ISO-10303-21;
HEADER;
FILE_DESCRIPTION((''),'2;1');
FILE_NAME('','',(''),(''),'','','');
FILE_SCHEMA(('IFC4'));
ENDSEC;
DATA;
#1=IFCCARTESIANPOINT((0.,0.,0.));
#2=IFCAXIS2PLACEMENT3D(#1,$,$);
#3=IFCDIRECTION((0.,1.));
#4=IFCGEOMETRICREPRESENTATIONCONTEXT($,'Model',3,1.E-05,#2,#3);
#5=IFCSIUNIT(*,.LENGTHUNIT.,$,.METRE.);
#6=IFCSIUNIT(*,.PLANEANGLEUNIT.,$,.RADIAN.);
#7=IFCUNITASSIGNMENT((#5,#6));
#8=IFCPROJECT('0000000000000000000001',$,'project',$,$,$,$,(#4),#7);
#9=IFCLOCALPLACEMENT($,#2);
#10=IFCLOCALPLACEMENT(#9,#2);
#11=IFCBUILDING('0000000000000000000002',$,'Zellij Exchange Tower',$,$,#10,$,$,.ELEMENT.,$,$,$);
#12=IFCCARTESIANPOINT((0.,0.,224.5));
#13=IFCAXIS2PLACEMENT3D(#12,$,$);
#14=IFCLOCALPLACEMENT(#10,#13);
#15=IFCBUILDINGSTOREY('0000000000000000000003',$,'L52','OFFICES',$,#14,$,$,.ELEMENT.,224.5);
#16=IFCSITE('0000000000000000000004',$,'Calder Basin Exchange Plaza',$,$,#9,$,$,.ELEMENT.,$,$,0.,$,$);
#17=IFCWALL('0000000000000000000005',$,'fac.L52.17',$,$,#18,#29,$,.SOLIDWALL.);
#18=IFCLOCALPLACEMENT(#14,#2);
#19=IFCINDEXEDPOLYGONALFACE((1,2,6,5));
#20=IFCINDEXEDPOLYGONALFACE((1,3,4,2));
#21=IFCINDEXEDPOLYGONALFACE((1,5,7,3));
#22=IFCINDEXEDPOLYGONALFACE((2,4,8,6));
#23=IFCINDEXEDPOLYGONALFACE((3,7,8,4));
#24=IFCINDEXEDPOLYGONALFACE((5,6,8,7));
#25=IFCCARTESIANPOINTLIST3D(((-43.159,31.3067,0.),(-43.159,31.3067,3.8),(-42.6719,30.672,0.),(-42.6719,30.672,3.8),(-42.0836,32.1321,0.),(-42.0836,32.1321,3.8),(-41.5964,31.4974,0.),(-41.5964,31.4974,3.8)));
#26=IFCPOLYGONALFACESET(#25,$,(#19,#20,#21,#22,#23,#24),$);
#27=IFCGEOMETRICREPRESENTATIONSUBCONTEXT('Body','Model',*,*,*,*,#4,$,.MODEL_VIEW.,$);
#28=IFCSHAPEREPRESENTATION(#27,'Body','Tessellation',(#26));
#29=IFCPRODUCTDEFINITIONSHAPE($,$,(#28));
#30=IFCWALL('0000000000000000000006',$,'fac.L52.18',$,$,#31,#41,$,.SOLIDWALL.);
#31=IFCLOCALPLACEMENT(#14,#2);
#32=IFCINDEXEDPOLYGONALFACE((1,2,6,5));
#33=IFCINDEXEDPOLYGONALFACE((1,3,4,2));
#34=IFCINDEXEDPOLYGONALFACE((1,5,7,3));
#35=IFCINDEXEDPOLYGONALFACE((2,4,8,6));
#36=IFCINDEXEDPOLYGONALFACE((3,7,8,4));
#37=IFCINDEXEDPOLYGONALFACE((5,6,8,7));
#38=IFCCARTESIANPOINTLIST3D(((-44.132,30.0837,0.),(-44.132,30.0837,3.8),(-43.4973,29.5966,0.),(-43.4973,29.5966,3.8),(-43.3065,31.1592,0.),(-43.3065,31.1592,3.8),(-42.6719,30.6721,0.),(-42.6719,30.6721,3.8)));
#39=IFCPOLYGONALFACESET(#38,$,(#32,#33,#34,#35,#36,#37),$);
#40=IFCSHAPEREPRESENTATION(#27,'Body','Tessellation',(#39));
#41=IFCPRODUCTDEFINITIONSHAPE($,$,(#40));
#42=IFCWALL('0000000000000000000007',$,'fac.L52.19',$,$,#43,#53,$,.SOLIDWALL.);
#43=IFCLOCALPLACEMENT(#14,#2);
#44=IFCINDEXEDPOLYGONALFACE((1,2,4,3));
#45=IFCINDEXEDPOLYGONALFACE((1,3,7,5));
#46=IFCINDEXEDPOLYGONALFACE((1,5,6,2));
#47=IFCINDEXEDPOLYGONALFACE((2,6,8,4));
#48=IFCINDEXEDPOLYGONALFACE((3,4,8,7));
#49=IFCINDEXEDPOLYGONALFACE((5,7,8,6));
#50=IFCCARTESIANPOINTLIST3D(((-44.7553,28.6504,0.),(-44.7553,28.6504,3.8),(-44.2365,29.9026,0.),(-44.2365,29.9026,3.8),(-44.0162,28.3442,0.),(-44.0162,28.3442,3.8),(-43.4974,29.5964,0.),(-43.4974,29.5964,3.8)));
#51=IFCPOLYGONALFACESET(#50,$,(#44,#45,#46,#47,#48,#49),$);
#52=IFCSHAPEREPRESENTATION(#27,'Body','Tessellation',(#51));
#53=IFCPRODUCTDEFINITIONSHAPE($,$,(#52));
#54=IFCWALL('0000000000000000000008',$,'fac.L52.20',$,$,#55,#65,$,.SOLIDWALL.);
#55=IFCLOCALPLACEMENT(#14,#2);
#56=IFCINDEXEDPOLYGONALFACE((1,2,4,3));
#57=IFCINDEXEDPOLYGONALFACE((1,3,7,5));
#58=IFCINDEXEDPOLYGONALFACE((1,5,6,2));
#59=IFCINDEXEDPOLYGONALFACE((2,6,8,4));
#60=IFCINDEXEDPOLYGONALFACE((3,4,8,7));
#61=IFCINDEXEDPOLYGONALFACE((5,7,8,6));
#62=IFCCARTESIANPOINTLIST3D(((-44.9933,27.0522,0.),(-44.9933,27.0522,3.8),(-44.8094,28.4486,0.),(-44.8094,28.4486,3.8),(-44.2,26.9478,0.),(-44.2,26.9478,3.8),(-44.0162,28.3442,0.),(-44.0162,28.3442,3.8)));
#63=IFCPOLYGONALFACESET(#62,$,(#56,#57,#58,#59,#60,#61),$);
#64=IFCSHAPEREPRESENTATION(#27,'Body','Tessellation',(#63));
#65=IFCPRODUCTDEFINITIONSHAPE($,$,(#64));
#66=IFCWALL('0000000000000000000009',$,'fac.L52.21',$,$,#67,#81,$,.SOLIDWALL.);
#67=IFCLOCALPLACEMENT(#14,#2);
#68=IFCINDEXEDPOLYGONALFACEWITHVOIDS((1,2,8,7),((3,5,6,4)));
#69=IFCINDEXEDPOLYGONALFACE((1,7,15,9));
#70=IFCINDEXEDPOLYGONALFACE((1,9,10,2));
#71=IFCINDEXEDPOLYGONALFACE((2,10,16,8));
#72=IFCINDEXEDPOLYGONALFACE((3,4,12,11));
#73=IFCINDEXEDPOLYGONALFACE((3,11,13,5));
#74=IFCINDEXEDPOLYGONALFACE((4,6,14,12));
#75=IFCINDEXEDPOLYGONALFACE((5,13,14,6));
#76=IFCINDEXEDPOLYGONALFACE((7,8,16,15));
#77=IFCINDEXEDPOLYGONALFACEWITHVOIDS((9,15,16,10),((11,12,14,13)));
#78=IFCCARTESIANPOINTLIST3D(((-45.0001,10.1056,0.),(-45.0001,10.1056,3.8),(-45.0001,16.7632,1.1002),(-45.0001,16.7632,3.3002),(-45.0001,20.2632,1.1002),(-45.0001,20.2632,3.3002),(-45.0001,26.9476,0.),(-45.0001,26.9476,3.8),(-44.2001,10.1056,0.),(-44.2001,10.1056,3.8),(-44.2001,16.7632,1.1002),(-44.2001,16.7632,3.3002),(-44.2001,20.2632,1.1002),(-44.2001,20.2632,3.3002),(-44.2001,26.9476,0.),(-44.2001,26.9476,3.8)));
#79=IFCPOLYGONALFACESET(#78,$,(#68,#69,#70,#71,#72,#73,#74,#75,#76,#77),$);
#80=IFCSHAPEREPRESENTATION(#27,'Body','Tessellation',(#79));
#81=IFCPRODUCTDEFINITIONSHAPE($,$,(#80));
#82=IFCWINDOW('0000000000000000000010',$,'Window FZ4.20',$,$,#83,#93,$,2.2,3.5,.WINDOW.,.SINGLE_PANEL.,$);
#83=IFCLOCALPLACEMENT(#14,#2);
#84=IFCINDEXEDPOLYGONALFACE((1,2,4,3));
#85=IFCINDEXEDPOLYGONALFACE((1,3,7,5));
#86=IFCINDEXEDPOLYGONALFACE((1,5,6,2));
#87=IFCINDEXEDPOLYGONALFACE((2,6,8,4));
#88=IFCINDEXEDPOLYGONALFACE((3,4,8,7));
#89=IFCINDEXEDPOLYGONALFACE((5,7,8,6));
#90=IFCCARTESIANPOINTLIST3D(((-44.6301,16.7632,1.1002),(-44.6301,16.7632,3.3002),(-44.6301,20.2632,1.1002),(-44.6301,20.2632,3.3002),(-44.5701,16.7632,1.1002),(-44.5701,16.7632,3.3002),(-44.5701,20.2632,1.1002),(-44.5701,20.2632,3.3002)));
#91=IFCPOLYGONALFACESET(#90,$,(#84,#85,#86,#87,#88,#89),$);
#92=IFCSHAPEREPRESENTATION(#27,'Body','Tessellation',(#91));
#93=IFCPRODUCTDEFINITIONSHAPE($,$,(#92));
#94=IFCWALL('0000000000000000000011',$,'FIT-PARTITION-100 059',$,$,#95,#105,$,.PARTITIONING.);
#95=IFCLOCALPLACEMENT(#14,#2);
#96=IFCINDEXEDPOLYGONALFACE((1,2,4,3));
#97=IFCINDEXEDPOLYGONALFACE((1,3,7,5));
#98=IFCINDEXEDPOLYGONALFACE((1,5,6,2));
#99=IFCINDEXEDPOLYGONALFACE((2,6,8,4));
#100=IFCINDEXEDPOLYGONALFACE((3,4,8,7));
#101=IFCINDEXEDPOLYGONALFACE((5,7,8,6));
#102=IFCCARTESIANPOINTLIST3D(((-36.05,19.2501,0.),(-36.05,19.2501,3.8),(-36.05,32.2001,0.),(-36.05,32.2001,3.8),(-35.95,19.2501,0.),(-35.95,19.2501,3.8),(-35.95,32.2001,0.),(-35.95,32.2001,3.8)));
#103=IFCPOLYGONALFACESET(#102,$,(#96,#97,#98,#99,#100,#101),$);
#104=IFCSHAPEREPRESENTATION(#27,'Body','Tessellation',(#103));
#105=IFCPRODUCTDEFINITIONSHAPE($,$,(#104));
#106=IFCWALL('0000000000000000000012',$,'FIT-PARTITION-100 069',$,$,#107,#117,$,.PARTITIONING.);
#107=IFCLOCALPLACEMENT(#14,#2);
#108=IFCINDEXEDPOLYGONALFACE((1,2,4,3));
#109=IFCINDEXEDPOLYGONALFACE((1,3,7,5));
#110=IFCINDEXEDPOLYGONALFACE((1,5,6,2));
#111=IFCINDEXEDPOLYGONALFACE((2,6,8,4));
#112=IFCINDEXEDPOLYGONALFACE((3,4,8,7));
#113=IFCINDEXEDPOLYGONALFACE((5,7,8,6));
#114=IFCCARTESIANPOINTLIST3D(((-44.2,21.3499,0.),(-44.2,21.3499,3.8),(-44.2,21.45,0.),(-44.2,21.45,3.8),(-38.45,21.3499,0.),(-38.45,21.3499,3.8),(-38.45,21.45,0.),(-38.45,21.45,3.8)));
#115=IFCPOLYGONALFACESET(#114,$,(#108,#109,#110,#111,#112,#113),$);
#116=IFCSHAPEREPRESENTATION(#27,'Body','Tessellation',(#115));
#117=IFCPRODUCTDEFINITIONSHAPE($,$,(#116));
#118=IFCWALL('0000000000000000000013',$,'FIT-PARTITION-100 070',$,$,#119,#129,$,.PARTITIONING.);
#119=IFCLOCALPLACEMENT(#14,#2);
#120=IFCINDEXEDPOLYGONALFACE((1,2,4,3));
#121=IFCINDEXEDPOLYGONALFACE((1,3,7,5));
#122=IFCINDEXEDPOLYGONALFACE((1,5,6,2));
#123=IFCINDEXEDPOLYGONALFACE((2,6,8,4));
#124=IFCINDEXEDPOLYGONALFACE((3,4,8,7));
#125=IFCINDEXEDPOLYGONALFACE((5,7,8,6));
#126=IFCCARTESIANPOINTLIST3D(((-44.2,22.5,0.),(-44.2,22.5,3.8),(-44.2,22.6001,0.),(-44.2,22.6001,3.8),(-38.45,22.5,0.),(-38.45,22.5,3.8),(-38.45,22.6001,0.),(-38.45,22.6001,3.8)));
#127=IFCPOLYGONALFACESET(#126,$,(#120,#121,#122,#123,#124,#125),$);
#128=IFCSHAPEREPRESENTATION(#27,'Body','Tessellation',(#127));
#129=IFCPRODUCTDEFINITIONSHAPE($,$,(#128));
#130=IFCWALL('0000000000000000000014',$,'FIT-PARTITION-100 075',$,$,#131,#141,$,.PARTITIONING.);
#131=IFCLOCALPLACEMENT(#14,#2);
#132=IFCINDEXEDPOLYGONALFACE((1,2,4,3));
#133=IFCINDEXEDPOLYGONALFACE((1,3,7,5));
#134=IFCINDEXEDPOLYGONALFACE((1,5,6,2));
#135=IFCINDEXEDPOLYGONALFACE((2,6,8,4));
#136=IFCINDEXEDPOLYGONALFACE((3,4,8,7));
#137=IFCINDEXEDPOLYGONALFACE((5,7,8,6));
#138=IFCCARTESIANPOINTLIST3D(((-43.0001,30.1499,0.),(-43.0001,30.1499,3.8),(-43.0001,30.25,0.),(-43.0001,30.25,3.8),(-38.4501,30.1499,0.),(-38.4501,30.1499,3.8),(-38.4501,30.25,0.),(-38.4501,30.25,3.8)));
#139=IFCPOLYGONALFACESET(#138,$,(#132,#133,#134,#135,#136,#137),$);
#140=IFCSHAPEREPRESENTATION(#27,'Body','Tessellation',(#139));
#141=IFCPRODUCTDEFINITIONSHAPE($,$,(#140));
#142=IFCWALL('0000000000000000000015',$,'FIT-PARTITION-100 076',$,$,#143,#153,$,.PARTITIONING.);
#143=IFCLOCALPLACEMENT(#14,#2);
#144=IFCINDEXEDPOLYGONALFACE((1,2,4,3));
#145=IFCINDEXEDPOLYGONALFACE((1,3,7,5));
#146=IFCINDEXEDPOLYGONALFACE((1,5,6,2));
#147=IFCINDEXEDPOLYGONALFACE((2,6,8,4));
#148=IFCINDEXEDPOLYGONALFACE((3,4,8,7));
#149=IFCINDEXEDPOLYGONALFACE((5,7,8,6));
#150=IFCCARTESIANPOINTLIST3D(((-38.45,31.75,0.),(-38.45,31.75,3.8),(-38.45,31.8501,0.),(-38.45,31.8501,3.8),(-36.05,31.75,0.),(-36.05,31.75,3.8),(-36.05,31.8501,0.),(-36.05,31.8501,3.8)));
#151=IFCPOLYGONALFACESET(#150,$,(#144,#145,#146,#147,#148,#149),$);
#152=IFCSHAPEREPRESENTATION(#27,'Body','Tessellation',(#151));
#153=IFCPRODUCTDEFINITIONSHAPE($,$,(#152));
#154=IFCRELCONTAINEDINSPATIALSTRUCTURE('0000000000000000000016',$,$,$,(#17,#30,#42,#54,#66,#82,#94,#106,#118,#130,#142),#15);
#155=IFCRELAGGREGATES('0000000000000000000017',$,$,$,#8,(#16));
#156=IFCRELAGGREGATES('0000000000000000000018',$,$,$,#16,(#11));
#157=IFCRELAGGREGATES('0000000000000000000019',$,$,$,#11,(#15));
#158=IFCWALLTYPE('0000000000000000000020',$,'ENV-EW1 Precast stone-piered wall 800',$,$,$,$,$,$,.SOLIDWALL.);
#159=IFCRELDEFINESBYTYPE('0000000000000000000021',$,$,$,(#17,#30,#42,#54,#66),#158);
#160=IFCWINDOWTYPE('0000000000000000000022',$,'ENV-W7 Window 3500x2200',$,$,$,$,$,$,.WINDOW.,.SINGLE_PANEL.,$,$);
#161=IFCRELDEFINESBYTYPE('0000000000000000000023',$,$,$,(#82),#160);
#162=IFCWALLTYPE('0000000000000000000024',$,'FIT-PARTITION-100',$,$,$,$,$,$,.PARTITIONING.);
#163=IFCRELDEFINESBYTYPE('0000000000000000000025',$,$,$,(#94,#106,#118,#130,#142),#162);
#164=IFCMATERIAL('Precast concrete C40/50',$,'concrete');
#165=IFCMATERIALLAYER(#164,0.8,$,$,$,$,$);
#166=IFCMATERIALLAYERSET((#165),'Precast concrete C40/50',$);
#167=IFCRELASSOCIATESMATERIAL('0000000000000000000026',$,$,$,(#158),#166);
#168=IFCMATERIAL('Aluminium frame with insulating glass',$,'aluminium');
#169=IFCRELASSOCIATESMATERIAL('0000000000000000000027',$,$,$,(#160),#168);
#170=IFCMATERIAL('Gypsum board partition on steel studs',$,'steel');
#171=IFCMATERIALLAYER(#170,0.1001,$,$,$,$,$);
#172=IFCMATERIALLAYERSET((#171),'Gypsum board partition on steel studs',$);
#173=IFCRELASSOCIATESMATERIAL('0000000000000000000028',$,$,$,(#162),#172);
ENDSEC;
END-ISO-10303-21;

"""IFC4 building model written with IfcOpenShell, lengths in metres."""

from ifc_helpers import new_model, si_unit, direction, frame, frame_2d, origin, place, context, subcontext, project, spatial, rectangle, extrude, material, layer, layer_set, type_object, element, fill, save


model = new_model("IFC4")

# Units and contexts
model_context = context("Model", 3, precision=1e-05, world=origin(), true_north=direction((0.0, 1.0)))
body_context = subcontext(model_context, "Body", "Model", "MODEL_VIEW")
ifc_project = project(units=[si_unit("LENGTHUNIT", "METRE"), si_unit("PLANEANGLEUNIT", "RADIAN")], contexts=[model_context])

# Site, building, storey
site_placement = place(None, origin())
site = spatial("IfcSite", under=ifc_project, at=site_placement, Name="Calder Basin Exchange Plaza", CompositionType="ELEMENT", RefElevation=0.0)
building_placement = place(site_placement, origin())
building = spatial("IfcBuilding", under=site, at=building_placement, Name="Zellij Exchange Tower", CompositionType="ELEMENT")
storey_placement = place(building_placement, frame((0.0, 0.0, 224.5)))
storey = spatial("IfcBuildingStorey", under=building, at=storey_placement, Name="L52", Description="OFFICES", CompositionType="ELEMENT", Elevation=224.5)

# Walls
ifc_material_1 = material(Name="Precast concrete C40/50", Category="concrete")
ifc_layer_1 = layer(ifc_material_1, 0.8)
ifc_layer_set_1 = layer_set([ifc_layer_1], Name="Precast concrete C40/50")
wall_type_1 = type_object("IfcWallType", Name="ENV-EW1 Precast stone-piered wall 800", PredefinedType="SOLIDWALL", material=ifc_layer_set_1)
for number, where, z_axis, x_axis, name in (
    (1, (-41.8401, 31.8147, 0.0), (0.0, 0.0, 1.0), (-0.793273, -0.608866, 0.0), "fac.L52.17"),
    (2, (-42.9893, 30.9155, 0.0), (0.0, 0.0, 1.0), (-0.608866, -0.793273, 0.0), "fac.L52.18"),
):
    element("IfcWall", number, at=place(storey_placement, frame(where, z_axis=z_axis, x_axis=x_axis)), inside=storey, type_object=wall_type_1, Name=name, PredefinedType="SOLIDWALL", context=body_context, shape_type="SweptSolid", body=[
        extrude(rectangle(XDim=1.3557, YDim=0.8, at=frame_2d((0.6777, 0.0))), origin(), (0.0, 0.0, 1.0), 3.8),
    ])
wall_1_placement = place(storey_placement, frame((-43.8669, 29.7495, 0.0), z_axis=(0.0, 0.0, 1.0), x_axis=(-0.38276, -0.923848, 0.0)))
element("IfcWall", 3, at=wall_1_placement, inside=storey, type_object=wall_type_1, Name="fac.L52.19", PredefinedType="SOLIDWALL", context=body_context, shape_type="SweptSolid", body=[
    extrude(rectangle(XDim=1.3555, YDim=0.8, at=frame_2d((0.6777, 0.0))), origin(), (0.0, 0.0, 1.0), 3.8),
])
wall_2_placement = place(storey_placement, frame((-44.4128, 28.3962, 0.0), z_axis=(0.0, 0.0, 1.0), x_axis=(-0.130517, -0.991446, 0.0)))
element("IfcWall", 4, at=wall_2_placement, inside=storey, type_object=wall_type_1, Name="fac.L52.20", PredefinedType="SOLIDWALL", context=body_context, shape_type="SweptSolid", body=[
    extrude(rectangle(XDim=1.4084, YDim=0.8, at=frame_2d((0.7041, 0.0))), origin(), (0.0, 0.0, 1.0), 3.8),
])

# Wall, opening, window
wall_3_placement = place(storey_placement, frame((-44.6001, 26.9475, 0.0), z_axis=(0.0, 0.0, 1.0), x_axis=(0.0, -1.0, 0.0)))
wall_3 = element("IfcWall", 5, at=wall_3_placement, inside=storey, type_object=wall_type_1, Name="fac.L52.21", PredefinedType="SOLIDWALL", context=body_context, shape_type="SweptSolid", body=[
    extrude(rectangle(XDim=16.842, YDim=0.8, at=frame_2d((8.4209, 0.0))), origin(), (0.0, 0.0, 1.0), 3.8),
])
opening_placement = place(wall_3_placement, frame((6.6843, 0.0, 1.1001)))
opening = element("IfcOpeningElement", 6, at=opening_placement, cuts=wall_3, PredefinedType="OPENING", context=body_context, shape_type="SweptSolid", body=[
    extrude(rectangle(XDim=3.5, YDim=2.2, at=frame_2d((1.75, 1.1001))), frame((0.0, 0.4121, 0.0), z_axis=(0.0, -1.0, 0.0), x_axis=(1.0, 0.0, 0.0)), (0.0, 0.0, 1.0), 0.824),
])
ifc_material_2 = material(Name="Aluminium frame with insulating glass", Category="aluminium")
window_type = type_object("IfcWindowType", Name="ENV-W7 Window 3500x2200", PartitioningType="SINGLE_PANEL", PredefinedType="WINDOW", material=ifc_material_2)
window_placement = place(opening_placement, origin())
window = element("IfcWindow", 7, at=window_placement, inside=storey, type_object=window_type, Name="Window FZ4.20", OverallHeight=2.2, OverallWidth=3.5, PartitioningType="SINGLE_PANEL", PredefinedType="WINDOW", context=body_context, shape_type="SweptSolid", body=[
    extrude(rectangle(XDim=3.5, YDim=2.2, at=frame_2d((1.75, 1.1001))), frame((0.0, 0.03, 0.0), z_axis=(0.0, -1.0, 0.0), x_axis=(1.0, 0.0, 0.0)), (0.0, 0.0, 1.0), 0.0601),
])
fill(opening, window)

# Walls
ifc_material_3 = material(Name="Gypsum board partition on steel studs", Category="steel")
ifc_layer_2 = layer(ifc_material_3, 0.1001)
ifc_layer_set_2 = layer_set([ifc_layer_2], Name="Gypsum board partition on steel studs")
wall_type_2 = type_object("IfcWallType", Name="FIT-PARTITION-100", PredefinedType="PARTITIONING", material=ifc_layer_set_2)
wall_4_placement = place(storey_placement, frame((-36.0, 19.25, 0.0), z_axis=(0.0, 0.0, 1.0), x_axis=(0.0, 1.0, 0.0)))
element("IfcWall", 8, at=wall_4_placement, inside=storey, type_object=wall_type_2, Name="FIT-PARTITION-100 059", PredefinedType="PARTITIONING", context=body_context, shape_type="SweptSolid", body=[
    extrude(rectangle(XDim=12.95, YDim=0.1001, at=frame_2d((6.4751, 0.0))), origin(), (0.0, 0.0, 1.0), 3.8),
])
for number, where, z_axis, x_axis, name in (
    (9, (-44.2, 21.3999, 0.0), (0.0, 0.0, 1.0), (1.0, 0.0, 0.0), "FIT-PARTITION-100 069"),
    (10, (-44.2, 22.55, 0.0), (0.0, 0.0, 1.0), (1.0, 0.0, 0.0), "FIT-PARTITION-100 070"),
):
    element("IfcWall", number, at=place(storey_placement, frame(where, z_axis=z_axis, x_axis=x_axis)), inside=storey, type_object=wall_type_2, Name=name, PredefinedType="PARTITIONING", context=body_context, shape_type="SweptSolid", body=[
        extrude(rectangle(XDim=5.75, YDim=0.1001, at=frame_2d((2.875, 0.0))), origin(), (0.0, 0.0, 1.0), 3.8),
    ])
wall_5_placement = place(storey_placement, frame((-43.0, 30.2, 0.0), z_axis=(0.0, 0.0, 1.0), x_axis=(1.0, 0.0, 0.0)))
element("IfcWall", 11, at=wall_5_placement, inside=storey, type_object=wall_type_2, Name="FIT-PARTITION-100 075", PredefinedType="PARTITIONING", context=body_context, shape_type="SweptSolid", body=[
    extrude(rectangle(XDim=4.55, YDim=0.1001, at=frame_2d((2.2749, 0.0))), origin(), (0.0, 0.0, 1.0), 3.8),
])
wall_6_placement = place(storey_placement, frame((-38.45, 31.8, 0.0), z_axis=(0.0, 0.0, 1.0), x_axis=(1.0, 0.0, 0.0)))
element("IfcWall", 12, at=wall_6_placement, inside=storey, type_object=wall_type_2, Name="FIT-PARTITION-100 076", PredefinedType="PARTITIONING", context=body_context, shape_type="SweptSolid", body=[
    extrude(rectangle(XDim=2.3999, YDim=0.1001, at=frame_2d((1.2, 0.0))), origin(), (0.0, 0.0, 1.0), 3.8),
])

save(model, "model.ifc")
